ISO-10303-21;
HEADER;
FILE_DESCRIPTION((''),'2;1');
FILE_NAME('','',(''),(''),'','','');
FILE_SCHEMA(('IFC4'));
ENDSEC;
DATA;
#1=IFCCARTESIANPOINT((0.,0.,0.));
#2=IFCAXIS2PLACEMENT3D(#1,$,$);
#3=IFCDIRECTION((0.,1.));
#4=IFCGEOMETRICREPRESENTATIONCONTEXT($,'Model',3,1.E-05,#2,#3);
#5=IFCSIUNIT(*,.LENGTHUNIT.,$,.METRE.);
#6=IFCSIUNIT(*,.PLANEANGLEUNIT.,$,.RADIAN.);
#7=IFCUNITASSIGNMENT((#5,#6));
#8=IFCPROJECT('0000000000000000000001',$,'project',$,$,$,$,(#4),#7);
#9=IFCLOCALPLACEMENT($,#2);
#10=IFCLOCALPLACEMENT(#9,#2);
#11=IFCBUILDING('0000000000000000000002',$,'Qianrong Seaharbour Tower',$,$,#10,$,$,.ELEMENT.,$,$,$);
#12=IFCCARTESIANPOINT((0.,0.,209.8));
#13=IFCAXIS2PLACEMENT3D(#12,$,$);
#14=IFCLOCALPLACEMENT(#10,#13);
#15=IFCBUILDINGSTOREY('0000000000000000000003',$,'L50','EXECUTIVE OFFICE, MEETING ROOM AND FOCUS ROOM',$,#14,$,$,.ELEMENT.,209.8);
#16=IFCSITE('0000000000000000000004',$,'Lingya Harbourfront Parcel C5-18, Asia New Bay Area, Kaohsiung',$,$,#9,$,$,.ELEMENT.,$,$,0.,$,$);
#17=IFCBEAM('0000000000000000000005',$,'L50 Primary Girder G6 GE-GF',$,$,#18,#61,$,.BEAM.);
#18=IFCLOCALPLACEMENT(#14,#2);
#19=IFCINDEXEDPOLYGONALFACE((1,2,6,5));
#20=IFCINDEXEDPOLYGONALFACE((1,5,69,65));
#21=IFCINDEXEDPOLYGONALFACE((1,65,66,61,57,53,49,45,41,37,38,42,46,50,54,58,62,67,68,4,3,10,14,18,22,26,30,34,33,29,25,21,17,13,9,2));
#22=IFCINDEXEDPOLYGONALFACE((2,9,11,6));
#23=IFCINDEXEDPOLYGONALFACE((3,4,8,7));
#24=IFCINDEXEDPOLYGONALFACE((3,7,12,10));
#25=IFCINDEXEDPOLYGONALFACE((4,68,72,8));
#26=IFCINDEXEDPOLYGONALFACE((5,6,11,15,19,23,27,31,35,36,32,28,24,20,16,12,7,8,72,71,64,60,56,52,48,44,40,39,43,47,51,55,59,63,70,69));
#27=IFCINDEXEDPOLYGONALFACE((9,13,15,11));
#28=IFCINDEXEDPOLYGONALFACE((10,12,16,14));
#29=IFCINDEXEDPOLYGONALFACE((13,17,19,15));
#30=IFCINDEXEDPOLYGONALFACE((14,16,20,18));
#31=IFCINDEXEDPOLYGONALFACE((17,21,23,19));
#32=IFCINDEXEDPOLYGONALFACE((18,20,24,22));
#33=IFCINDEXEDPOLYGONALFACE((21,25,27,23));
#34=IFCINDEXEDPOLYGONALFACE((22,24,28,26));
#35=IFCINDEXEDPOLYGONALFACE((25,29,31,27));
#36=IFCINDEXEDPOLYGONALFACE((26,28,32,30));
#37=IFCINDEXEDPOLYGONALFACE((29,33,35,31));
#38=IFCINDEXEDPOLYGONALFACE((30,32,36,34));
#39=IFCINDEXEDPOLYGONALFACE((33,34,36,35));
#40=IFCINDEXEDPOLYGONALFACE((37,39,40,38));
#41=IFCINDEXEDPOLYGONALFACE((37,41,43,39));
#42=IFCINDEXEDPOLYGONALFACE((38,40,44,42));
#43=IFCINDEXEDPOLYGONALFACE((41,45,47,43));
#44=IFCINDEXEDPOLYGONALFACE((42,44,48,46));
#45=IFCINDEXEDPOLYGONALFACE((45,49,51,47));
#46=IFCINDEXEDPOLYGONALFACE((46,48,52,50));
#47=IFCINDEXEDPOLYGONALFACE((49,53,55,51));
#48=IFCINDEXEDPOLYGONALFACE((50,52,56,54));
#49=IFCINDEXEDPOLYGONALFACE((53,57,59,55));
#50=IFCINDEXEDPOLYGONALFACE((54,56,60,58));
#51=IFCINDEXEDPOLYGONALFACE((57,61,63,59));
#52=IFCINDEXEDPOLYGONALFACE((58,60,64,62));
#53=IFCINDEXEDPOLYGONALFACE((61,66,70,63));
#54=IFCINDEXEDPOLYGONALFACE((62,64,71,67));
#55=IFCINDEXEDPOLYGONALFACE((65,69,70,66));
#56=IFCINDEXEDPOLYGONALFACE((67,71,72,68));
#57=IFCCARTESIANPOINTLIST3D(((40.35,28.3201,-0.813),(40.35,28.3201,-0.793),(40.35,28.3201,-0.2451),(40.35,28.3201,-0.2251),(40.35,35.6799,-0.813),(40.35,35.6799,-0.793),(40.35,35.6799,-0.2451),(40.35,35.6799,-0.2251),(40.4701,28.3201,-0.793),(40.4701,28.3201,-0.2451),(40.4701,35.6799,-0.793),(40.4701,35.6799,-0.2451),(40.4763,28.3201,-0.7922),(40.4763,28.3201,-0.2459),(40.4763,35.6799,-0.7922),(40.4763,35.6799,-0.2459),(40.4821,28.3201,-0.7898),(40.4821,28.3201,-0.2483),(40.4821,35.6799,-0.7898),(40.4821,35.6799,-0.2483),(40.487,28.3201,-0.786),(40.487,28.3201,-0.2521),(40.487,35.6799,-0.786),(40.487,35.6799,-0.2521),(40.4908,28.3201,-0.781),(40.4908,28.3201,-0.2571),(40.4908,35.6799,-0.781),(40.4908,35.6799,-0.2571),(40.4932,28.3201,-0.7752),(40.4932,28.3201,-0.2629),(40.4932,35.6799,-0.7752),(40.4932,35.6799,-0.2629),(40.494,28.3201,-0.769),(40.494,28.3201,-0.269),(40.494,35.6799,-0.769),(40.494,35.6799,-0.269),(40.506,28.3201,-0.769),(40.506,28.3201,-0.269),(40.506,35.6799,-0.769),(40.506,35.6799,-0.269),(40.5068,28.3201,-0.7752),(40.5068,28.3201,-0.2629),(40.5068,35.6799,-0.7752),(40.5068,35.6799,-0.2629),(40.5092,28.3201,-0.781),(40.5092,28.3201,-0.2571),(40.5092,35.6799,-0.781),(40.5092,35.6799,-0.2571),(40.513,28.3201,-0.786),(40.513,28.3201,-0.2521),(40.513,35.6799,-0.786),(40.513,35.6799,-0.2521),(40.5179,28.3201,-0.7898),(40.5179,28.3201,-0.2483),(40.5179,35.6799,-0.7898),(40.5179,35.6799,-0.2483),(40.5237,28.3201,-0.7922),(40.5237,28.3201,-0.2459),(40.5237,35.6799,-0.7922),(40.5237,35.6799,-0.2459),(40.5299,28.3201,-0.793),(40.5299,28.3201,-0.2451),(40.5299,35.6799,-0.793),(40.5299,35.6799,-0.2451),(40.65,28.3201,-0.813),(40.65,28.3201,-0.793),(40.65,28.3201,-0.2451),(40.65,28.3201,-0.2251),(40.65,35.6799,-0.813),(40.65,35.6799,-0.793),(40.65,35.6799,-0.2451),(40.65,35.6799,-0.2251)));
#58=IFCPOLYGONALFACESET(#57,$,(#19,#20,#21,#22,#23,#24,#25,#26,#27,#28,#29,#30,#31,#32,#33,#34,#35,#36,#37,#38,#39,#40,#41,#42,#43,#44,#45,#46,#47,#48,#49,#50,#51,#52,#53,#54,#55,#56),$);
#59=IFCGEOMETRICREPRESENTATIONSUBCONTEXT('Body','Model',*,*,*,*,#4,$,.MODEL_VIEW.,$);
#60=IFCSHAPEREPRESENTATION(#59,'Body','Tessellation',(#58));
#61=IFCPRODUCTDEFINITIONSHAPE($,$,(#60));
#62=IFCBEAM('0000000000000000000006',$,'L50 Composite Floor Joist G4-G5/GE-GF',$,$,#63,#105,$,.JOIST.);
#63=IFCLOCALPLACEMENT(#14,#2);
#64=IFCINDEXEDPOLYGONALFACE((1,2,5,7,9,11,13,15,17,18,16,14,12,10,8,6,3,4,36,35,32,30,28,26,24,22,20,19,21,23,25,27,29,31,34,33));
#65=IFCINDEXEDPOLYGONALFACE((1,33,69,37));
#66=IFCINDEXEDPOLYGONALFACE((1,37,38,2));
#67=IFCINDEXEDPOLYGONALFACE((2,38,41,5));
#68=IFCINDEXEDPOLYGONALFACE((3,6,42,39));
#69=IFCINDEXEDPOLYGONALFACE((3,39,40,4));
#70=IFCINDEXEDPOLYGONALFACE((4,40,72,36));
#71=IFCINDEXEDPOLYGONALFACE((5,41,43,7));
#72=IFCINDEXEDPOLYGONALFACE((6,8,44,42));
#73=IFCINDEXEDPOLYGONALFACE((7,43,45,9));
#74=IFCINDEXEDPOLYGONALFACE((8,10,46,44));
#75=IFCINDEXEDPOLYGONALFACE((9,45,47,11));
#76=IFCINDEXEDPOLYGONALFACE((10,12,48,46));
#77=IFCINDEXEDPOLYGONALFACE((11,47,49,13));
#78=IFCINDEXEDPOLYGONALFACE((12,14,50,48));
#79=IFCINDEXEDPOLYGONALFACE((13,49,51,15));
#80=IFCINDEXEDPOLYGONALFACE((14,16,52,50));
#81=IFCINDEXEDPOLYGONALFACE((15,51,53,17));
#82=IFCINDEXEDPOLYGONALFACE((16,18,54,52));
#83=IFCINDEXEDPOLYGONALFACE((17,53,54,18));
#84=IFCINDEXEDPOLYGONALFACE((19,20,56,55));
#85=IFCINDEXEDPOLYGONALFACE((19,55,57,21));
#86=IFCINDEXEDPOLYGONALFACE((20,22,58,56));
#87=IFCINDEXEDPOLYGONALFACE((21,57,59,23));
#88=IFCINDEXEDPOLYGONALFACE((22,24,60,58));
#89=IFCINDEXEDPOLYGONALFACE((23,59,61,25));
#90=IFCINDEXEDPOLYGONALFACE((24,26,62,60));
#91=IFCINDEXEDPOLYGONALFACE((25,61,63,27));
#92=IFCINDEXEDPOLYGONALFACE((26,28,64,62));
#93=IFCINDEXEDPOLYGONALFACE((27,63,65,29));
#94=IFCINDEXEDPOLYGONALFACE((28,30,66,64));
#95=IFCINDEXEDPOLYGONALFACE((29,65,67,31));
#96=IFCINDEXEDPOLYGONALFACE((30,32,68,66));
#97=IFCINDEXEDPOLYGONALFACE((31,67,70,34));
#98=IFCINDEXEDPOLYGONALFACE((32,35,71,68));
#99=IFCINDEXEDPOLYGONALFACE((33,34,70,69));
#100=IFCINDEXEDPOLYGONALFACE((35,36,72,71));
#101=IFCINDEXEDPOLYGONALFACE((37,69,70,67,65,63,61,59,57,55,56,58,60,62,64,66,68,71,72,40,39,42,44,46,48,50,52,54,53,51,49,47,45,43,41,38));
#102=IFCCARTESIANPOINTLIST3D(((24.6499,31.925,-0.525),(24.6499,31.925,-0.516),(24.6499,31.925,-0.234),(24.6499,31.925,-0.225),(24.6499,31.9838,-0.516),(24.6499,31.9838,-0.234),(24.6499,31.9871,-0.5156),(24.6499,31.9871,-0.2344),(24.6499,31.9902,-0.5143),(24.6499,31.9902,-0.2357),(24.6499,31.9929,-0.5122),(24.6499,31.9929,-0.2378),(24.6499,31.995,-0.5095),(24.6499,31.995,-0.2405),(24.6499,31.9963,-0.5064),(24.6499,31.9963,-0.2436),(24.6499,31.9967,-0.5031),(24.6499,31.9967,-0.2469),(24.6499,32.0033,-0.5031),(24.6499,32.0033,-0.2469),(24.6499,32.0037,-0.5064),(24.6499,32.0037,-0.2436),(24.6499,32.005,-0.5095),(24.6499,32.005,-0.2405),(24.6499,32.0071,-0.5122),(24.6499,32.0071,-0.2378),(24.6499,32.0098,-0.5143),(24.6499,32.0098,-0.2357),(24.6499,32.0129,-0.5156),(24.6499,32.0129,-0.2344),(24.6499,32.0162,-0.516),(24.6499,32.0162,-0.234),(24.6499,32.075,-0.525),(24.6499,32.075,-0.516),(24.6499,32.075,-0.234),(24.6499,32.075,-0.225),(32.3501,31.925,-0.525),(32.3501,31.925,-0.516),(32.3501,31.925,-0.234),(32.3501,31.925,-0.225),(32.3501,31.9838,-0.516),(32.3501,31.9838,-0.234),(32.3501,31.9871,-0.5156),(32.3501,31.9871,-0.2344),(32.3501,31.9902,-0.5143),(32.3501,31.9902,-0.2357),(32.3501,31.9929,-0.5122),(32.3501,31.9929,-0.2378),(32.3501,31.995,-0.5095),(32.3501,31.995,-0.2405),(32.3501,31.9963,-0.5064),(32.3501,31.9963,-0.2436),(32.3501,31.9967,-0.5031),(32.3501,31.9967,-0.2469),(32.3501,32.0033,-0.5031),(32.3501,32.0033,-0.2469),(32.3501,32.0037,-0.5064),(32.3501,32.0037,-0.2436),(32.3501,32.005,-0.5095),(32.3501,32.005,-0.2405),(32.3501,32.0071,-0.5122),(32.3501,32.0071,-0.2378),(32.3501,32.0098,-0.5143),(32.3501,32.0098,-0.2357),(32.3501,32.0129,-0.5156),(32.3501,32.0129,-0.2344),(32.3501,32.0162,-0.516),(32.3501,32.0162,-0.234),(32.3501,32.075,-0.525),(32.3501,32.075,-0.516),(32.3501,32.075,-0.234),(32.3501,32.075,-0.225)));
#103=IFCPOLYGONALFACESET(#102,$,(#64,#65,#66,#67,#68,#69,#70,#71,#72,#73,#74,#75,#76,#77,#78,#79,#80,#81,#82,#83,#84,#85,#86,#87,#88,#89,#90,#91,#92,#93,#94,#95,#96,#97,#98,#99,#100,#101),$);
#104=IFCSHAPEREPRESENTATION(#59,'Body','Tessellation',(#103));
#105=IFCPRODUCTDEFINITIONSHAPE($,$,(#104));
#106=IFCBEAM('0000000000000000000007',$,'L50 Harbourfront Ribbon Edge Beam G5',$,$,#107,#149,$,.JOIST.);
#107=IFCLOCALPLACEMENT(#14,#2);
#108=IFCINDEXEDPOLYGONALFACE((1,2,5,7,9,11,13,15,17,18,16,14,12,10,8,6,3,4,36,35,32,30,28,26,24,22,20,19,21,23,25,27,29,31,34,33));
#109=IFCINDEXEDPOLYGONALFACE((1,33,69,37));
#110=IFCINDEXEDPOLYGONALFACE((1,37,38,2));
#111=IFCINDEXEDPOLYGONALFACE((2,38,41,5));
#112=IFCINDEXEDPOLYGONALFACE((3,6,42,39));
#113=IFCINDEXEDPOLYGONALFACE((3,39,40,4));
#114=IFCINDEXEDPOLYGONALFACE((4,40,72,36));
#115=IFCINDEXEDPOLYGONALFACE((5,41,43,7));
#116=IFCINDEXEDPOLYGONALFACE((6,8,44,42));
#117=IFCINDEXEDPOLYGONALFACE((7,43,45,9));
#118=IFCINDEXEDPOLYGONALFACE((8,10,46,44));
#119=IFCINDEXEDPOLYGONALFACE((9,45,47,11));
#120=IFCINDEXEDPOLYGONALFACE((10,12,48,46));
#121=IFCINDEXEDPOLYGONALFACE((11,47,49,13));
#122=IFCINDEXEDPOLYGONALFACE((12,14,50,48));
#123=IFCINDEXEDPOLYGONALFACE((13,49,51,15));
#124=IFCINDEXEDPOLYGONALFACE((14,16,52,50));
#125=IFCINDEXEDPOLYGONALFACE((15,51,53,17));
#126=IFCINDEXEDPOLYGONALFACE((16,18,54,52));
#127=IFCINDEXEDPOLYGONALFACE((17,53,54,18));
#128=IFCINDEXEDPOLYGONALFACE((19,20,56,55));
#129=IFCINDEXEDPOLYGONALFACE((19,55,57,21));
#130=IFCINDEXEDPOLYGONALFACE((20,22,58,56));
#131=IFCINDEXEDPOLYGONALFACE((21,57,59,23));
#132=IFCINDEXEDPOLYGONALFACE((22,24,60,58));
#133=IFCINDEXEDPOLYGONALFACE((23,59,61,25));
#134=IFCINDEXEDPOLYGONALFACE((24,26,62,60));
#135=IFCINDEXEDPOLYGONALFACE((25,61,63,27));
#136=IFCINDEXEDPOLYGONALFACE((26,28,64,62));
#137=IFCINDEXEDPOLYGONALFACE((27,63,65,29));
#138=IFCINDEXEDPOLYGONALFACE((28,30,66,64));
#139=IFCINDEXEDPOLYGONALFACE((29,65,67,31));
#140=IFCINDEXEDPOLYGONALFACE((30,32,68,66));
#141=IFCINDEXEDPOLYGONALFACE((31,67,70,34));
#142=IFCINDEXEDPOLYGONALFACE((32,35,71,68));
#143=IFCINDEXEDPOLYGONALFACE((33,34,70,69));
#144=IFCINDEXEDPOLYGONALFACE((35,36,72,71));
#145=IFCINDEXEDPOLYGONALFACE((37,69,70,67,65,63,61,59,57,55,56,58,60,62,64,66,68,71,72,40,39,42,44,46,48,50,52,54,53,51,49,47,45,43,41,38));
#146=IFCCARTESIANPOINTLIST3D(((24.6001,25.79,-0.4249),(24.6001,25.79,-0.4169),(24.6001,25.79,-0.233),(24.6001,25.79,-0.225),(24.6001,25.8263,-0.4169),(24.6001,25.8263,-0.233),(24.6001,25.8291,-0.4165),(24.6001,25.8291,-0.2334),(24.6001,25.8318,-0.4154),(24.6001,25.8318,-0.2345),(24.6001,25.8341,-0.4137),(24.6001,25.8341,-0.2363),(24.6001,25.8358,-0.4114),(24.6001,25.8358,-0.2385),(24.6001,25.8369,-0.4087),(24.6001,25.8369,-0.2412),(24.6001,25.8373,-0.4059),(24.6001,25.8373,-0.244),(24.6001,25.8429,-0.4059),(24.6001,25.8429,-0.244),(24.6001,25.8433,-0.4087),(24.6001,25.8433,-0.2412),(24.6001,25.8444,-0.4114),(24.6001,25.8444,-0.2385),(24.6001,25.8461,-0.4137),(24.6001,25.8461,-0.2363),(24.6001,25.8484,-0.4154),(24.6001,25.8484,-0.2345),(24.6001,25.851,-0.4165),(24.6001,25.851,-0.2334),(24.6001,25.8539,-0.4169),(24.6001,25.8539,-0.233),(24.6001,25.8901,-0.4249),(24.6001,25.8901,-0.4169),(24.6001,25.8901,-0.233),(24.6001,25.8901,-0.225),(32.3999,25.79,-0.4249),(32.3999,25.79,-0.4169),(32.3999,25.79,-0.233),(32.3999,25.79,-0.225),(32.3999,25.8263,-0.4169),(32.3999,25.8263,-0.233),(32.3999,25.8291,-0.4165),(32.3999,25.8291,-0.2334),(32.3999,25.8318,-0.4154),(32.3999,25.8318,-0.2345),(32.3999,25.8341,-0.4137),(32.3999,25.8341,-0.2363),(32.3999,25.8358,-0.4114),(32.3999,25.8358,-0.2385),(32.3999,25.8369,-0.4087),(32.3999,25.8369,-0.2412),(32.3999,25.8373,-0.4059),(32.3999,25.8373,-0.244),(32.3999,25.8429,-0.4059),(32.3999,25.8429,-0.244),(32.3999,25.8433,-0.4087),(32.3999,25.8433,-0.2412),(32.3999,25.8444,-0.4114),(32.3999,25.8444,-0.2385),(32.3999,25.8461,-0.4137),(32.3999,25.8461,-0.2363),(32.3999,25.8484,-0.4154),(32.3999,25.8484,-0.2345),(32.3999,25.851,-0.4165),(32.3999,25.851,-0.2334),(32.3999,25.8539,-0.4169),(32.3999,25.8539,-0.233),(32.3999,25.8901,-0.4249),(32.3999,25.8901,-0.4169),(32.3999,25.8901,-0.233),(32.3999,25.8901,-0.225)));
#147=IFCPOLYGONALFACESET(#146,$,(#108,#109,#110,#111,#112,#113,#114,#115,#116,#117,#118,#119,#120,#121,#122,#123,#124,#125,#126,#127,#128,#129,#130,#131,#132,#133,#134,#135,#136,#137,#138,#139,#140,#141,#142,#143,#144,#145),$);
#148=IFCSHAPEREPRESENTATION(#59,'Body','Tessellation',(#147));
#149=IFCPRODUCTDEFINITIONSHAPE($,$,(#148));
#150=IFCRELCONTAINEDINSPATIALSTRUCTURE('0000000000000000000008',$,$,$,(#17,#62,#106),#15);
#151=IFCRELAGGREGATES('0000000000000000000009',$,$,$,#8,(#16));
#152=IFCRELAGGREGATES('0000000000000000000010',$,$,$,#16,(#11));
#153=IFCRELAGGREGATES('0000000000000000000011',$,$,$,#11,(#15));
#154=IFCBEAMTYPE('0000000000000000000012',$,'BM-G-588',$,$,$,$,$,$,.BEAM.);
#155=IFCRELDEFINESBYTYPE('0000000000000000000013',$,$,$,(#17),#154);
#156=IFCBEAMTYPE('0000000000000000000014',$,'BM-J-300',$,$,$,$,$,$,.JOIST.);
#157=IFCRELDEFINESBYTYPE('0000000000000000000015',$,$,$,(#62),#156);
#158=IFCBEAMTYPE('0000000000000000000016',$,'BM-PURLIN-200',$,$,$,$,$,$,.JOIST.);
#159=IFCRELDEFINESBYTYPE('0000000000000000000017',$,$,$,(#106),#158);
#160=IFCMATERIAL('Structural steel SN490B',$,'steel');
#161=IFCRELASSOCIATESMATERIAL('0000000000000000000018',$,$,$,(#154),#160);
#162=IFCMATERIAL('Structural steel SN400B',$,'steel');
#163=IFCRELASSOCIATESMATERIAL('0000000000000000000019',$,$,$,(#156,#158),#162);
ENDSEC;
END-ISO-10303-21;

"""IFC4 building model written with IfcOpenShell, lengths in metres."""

from ifc_helpers import new_model, si_unit, direction, frame, origin, origin_2d, place, context, subcontext, project, spatial, i_section, extrude, material, material_profile, profile_set, type_object, element, save


model = new_model("IFC4")

# Units and contexts
model_context = context("Model", 3, precision=1e-05, world=origin(), true_north=direction((0.0, 1.0)))
body_context = subcontext(model_context, "Body", "Model", "MODEL_VIEW")
ifc_project = project(units=[si_unit("LENGTHUNIT", "METRE"), si_unit("PLANEANGLEUNIT", "RADIAN")], contexts=[model_context])

# Site, building, storey
site_placement = place(None, origin())
site = spatial("IfcSite", under=ifc_project, at=site_placement, Name="Lingya Harbourfront Parcel C5-18, Asia New Bay Area, Kaohsiung", CompositionType="ELEMENT", RefElevation=0.0)
building_placement = place(site_placement, origin())
building = spatial("IfcBuilding", under=site, at=building_placement, Name="Qianrong Seaharbour Tower", CompositionType="ELEMENT")
storey_placement = place(building_placement, frame((0.0, 0.0, 209.8)))
storey = spatial("IfcBuildingStorey", under=building, at=storey_placement, Name="L50", Description="EXECUTIVE OFFICE, MEETING ROOM AND FOCUS ROOM", CompositionType="ELEMENT", Elevation=209.8)

# Shared definitions
ifc_material_1 = material(Name="Structural steel SN490B", Category="steel")

# Beams
ifc_material_profile_1 = material_profile(ifc_material_1, i_section(OverallWidth=0.3, OverallDepth=0.5879, WebThickness=0.012, FlangeThickness=0.02, FilletRadius=0.0239, at=origin_2d()), Name="H588x300x12x20")
ifc_profile_set_1 = profile_set([ifc_material_profile_1], Name="Structural steel SN490B")
beam_type_1 = type_object("IfcBeamType", Name="BM-G-588", PredefinedType="BEAM", material=ifc_profile_set_1)
for number, where, z_axis, x_axis, name in (
    (1, (40.5, 28.3201, -0.519), (0.0, 1.0, 0.0), (-1.0, 0.0, 0.0), "L50 Primary Girder G6 GE-GF"),
):
    element("IfcBeam", number, at=place(storey_placement, frame(where, z_axis=z_axis, x_axis=x_axis)), inside=storey, type_object=beam_type_1, Name=name, PredefinedType="BEAM", context=body_context, shape_type="SweptSolid", body=[
        extrude(i_section(OverallWidth=0.3, OverallDepth=0.5879, WebThickness=0.012, FlangeThickness=0.02, FilletRadius=0.0239, at=origin_2d()), origin(), (0.0, 0.0, 1.0), 7.3599),
    ])
ifc_material_2 = material(Name="Structural steel SN400B", Category="steel")
ifc_material_profile_2 = material_profile(ifc_material_2, i_section(OverallWidth=0.1499, OverallDepth=0.3, WebThickness=0.0066, FlangeThickness=0.009, FilletRadius=0.0129, at=origin_2d()), Name="H300x150x6.5x9")
ifc_profile_set_2 = profile_set([ifc_material_profile_2], Name="Structural steel SN400B")
beam_type_2 = type_object("IfcBeamType", Name="BM-J-300", PredefinedType="JOIST", material=ifc_profile_set_2)
beam_1_placement = place(storey_placement, frame((24.6499, 32.0, -0.375), z_axis=(1.0, 0.0, 0.0), x_axis=(0.0, 1.0, 0.0)))
element("IfcBeam", 2, at=beam_1_placement, inside=storey, type_object=beam_type_2, Name="L50 Composite Floor Joist G4-G5/GE-GF", PredefinedType="JOIST", context=body_context, shape_type="SweptSolid", body=[
    extrude(i_section(OverallWidth=0.1499, OverallDepth=0.3, WebThickness=0.0066, FlangeThickness=0.009, FilletRadius=0.0129, at=origin_2d()), origin(), (0.0, 0.0, 1.0), 7.7002),
])
ifc_material_profile_3 = material_profile(ifc_material_2, i_section(OverallWidth=0.1001, OverallDepth=0.2, WebThickness=0.0056, FlangeThickness=0.0081, FilletRadius=0.011, at=origin_2d()), Name="H200x100x5.5x8")
ifc_profile_set_3 = profile_set([ifc_material_profile_3], Name="Structural steel SN400B")
beam_type_3 = type_object("IfcBeamType", Name="BM-PURLIN-200", PredefinedType="JOIST", material=ifc_profile_set_3)
beam_2_placement = place(storey_placement, frame((24.6001, 25.8401, -0.325), z_axis=(1.0, 0.0, 0.0), x_axis=(0.0, 1.0, 0.0)))
element("IfcBeam", 3, at=beam_2_placement, inside=storey, type_object=beam_type_3, Name="L50 Harbourfront Ribbon Edge Beam G5", PredefinedType="JOIST", context=body_context, shape_type="SweptSolid", body=[
    extrude(i_section(OverallWidth=0.1001, OverallDepth=0.2, WebThickness=0.0056, FlangeThickness=0.0081, FilletRadius=0.011, at=origin_2d()), origin(), (0.0, 0.0, 1.0), 7.7998),
])

save(model, "model.ifc")
